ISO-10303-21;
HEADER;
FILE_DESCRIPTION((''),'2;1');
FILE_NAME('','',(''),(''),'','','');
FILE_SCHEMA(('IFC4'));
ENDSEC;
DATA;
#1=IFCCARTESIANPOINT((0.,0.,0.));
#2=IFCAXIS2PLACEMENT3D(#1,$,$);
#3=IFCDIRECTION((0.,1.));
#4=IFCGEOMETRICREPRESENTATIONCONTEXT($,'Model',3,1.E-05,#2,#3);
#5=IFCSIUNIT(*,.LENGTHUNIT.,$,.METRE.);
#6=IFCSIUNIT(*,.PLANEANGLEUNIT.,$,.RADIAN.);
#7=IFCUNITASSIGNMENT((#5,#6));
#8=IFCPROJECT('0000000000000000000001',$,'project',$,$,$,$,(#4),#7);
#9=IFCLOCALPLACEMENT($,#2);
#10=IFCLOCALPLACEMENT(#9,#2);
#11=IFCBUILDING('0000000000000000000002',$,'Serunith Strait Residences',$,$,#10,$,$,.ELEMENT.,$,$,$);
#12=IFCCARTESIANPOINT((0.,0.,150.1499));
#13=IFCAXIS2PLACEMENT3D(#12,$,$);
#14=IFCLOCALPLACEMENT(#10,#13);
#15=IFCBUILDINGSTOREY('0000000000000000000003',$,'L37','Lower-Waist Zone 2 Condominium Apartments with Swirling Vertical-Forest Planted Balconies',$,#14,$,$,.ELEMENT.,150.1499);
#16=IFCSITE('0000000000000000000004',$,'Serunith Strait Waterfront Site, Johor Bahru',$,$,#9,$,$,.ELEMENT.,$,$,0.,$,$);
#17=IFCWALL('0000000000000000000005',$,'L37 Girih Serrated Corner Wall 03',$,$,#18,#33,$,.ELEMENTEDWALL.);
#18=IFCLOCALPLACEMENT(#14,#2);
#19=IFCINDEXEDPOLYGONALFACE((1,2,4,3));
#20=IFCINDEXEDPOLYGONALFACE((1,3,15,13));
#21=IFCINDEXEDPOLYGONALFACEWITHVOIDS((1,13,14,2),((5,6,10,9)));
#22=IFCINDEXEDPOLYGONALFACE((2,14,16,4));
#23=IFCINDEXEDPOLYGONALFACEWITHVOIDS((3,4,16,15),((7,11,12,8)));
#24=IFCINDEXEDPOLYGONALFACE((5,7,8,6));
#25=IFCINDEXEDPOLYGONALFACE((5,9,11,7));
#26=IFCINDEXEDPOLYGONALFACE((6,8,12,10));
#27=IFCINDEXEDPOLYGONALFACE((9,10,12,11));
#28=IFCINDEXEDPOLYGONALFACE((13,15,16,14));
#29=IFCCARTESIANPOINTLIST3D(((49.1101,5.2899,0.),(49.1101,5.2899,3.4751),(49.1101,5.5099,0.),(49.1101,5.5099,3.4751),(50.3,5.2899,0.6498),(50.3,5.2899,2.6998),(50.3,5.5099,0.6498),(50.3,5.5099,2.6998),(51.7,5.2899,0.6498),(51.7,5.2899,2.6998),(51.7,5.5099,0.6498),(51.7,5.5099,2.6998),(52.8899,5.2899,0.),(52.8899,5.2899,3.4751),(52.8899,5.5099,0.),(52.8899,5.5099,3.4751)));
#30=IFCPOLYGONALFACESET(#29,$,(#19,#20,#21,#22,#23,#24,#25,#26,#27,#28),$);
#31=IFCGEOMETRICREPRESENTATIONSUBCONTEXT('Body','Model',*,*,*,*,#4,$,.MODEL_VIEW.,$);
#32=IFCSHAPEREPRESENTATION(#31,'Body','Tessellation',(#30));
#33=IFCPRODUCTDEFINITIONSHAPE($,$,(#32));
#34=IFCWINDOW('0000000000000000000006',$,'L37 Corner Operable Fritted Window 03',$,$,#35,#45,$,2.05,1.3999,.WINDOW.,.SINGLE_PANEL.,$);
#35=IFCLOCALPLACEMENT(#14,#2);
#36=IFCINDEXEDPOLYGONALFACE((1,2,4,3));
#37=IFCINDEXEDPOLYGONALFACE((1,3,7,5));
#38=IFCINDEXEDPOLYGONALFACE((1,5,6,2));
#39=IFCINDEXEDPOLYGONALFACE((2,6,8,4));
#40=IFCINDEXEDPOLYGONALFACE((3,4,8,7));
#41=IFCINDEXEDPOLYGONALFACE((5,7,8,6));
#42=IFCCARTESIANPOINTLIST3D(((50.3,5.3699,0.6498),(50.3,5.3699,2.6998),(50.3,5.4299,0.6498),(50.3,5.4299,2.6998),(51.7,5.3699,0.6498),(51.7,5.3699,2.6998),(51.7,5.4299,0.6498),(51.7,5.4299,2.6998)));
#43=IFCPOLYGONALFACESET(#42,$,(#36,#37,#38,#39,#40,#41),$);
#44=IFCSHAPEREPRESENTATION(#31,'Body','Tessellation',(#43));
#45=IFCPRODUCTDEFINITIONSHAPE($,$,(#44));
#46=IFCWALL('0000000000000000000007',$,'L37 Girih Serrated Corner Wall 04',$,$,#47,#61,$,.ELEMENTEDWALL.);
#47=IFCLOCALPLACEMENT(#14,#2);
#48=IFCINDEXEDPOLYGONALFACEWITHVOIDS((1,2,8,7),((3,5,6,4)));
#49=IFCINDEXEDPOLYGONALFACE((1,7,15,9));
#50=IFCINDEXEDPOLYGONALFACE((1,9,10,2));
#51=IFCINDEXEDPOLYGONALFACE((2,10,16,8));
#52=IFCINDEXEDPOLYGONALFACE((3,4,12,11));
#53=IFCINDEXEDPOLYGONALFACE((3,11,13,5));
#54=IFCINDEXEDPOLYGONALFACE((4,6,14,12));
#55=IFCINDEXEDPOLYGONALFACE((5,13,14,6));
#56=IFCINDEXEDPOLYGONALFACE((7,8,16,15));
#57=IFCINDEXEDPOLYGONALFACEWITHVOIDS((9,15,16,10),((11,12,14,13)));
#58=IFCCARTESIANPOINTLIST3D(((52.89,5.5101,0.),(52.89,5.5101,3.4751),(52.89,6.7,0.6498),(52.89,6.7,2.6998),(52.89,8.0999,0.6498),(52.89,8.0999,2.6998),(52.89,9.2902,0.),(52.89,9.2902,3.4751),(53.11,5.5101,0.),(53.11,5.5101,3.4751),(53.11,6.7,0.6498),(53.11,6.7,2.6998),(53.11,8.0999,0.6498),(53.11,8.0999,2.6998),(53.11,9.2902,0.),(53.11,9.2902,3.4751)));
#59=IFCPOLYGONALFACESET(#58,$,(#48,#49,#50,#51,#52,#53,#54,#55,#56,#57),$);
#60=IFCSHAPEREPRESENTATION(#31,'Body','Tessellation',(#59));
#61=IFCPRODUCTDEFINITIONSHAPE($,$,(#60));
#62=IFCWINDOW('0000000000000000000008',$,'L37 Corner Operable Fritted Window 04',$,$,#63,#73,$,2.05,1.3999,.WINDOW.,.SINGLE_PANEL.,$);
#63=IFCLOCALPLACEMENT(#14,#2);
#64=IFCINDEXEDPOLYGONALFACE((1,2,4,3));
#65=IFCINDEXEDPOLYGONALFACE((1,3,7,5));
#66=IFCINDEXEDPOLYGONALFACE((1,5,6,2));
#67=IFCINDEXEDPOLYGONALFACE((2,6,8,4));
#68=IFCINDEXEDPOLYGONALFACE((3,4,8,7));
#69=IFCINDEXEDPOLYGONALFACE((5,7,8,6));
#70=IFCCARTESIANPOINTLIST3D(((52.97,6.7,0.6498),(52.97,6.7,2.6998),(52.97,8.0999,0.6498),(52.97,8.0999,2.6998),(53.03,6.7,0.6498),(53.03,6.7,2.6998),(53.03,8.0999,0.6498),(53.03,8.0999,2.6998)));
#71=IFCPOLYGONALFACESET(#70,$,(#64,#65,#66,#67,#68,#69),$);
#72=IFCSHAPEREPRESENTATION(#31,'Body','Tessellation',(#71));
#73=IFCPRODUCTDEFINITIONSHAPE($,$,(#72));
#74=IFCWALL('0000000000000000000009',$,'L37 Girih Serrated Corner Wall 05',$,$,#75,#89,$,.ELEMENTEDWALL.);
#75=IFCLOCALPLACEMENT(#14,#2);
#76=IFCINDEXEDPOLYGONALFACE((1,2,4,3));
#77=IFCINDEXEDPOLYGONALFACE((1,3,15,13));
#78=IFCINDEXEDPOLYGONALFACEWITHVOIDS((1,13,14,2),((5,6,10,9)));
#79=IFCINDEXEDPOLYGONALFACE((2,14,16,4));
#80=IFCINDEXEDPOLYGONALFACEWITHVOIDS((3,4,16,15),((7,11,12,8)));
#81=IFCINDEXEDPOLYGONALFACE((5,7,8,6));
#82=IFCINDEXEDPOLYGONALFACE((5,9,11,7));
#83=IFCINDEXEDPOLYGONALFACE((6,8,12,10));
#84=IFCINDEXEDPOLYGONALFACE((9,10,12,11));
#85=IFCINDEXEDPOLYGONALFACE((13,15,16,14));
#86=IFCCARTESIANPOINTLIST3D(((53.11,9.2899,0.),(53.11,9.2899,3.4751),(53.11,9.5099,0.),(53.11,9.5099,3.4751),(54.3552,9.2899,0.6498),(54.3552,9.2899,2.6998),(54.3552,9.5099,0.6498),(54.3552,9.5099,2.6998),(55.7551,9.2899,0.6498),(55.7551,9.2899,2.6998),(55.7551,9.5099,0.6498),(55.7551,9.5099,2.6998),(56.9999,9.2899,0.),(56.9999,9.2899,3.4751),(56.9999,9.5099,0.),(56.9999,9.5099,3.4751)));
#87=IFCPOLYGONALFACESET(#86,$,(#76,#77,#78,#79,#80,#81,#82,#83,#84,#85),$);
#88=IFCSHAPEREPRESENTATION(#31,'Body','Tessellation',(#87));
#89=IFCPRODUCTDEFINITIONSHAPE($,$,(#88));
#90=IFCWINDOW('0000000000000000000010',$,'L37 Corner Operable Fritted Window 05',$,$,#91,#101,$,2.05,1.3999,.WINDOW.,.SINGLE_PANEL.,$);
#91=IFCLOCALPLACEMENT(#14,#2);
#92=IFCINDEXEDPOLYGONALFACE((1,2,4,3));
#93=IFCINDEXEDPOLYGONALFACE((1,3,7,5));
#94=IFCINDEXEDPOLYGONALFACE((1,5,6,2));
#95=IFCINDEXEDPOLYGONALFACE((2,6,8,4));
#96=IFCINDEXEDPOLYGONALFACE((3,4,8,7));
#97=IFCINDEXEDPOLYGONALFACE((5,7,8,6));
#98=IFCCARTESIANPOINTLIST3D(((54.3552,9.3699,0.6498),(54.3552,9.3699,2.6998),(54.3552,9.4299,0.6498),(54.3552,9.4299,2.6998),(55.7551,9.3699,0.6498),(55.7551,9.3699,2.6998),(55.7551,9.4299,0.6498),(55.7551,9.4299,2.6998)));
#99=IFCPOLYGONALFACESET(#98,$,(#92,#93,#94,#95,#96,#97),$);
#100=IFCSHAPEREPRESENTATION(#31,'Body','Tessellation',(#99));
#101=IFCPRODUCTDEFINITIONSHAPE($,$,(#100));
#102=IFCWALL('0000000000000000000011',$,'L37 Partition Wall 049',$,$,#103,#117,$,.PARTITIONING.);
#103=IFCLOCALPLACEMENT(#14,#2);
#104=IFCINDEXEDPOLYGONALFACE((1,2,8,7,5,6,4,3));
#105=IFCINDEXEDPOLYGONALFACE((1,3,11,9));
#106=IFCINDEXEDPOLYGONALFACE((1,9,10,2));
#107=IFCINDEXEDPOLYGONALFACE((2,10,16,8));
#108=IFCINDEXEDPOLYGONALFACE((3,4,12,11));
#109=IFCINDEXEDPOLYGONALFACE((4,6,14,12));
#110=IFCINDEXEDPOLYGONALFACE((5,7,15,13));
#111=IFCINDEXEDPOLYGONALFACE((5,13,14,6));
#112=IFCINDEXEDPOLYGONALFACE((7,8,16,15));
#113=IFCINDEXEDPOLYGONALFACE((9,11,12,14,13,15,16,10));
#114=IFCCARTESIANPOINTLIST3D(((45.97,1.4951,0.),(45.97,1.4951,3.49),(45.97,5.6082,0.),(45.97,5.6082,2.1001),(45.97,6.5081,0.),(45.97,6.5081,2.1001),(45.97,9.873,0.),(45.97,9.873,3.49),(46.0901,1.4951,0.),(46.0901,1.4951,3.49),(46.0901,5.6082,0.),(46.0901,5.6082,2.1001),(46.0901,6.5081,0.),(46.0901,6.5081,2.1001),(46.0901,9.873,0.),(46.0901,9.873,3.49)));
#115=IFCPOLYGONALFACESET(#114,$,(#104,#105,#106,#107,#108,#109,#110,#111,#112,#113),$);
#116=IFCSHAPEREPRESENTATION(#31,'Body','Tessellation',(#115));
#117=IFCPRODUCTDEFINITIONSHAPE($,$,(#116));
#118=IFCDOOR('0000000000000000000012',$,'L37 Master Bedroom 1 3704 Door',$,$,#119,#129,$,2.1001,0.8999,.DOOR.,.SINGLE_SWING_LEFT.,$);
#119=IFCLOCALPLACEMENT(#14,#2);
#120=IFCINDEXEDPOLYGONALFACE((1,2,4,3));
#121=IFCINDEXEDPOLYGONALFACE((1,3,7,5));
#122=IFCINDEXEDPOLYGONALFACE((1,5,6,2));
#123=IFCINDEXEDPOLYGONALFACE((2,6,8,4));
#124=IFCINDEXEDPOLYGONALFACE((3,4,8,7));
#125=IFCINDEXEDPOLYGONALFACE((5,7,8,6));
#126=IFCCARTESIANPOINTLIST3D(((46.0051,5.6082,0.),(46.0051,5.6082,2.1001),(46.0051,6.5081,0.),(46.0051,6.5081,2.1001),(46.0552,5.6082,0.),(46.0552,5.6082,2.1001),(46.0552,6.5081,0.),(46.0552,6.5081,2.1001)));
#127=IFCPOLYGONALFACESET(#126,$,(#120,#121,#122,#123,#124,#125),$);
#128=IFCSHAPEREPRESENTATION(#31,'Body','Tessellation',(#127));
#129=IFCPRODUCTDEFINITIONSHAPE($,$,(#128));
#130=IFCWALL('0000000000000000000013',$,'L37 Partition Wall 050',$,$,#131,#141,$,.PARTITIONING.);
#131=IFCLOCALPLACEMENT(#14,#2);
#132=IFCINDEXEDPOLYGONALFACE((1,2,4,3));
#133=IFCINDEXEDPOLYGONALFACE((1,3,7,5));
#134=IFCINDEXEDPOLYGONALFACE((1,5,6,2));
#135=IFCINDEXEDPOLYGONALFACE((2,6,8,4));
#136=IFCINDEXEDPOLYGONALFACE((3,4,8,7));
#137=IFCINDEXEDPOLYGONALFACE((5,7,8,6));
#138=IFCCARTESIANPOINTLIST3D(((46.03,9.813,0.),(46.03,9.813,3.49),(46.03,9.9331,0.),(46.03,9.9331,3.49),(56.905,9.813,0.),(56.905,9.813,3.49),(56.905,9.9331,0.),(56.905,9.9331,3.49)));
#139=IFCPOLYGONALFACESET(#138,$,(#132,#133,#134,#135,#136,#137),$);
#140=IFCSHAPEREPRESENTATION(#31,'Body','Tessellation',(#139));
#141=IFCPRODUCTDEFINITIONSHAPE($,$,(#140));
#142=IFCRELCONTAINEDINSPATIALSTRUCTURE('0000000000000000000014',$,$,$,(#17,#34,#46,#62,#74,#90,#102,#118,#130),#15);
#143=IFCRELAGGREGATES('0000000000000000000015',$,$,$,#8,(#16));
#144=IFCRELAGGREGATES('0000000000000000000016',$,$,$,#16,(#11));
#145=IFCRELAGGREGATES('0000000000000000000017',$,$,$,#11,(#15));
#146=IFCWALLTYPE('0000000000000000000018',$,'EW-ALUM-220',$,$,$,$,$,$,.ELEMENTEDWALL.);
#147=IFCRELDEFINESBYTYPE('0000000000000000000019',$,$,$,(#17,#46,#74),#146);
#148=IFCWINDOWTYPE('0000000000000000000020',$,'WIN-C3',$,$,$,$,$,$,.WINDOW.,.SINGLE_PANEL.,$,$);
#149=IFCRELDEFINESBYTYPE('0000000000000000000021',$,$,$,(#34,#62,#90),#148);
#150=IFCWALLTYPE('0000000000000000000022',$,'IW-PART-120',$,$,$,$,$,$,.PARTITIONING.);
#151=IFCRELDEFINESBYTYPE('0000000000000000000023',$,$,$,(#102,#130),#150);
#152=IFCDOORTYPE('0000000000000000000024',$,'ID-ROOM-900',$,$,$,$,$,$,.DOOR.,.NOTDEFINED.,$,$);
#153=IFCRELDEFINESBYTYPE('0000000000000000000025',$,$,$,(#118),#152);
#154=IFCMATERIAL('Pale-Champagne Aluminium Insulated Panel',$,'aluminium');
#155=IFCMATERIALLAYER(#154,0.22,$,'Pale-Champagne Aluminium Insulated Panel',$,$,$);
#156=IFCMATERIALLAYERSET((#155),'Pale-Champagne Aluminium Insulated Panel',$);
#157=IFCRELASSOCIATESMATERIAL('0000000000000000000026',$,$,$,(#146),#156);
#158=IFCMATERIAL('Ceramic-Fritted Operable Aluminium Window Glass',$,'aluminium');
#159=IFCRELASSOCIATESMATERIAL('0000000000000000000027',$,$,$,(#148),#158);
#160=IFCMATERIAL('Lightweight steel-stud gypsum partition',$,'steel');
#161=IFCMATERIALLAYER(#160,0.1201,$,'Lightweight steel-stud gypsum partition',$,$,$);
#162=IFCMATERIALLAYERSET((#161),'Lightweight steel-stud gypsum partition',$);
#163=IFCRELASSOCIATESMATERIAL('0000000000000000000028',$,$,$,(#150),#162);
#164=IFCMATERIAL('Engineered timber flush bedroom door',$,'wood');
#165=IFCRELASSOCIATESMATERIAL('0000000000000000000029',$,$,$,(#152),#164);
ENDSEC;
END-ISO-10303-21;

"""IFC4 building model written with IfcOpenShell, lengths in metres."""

from ifc_helpers import new_model, si_unit, direction, frame, frame_2d, origin, place, context, subcontext, project, spatial, rectangle, extrude, source, transform, mapped, material, layer, layer_set, type_object, element, fill, save


model = new_model("IFC4")

# Units and contexts
model_context = context("Model", 3, precision=1e-05, world=origin(), true_north=direction((0.0, 1.0)))
body_context = subcontext(model_context, "Body", "Model", "MODEL_VIEW")
ifc_project = project(units=[si_unit("LENGTHUNIT", "METRE"), si_unit("PLANEANGLEUNIT", "RADIAN")], contexts=[model_context])

# Site, building, storey
site_placement = place(None, origin())
site = spatial("IfcSite", under=ifc_project, at=site_placement, Name="Serunith Strait Waterfront Site, Johor Bahru", CompositionType="ELEMENT", RefElevation=0.0)
building_placement = place(site_placement, origin())
building = spatial("IfcBuilding", under=site, at=building_placement, Name="Serunith Strait Residences", CompositionType="ELEMENT")
storey_placement = place(building_placement, frame((0.0, 0.0, 150.1499)))
storey = spatial("IfcBuildingStorey", under=building, at=storey_placement, Name="L37", Description="Lower-Waist Zone 2 Condominium Apartments with Swirling Vertical-Forest Planted Balconies", CompositionType="ELEMENT", Elevation=150.1499)

# Walls, openings, windows
ifc_material_1 = material(Name="Pale-Champagne Aluminium Insulated Panel", Category="aluminium")
ifc_layer_1 = layer(ifc_material_1, 0.22, Name="Pale-Champagne Aluminium Insulated Panel")
ifc_layer_set_1 = layer_set([ifc_layer_1], Name="Pale-Champagne Aluminium Insulated Panel")
wall_type_1 = type_object("IfcWallType", Name="EW-ALUM-220", PredefinedType="ELEMENTEDWALL", material=ifc_layer_set_1)
ifc_material_2 = material(Name="Ceramic-Fritted Operable Aluminium Window Glass", Category="aluminium")
window_type = type_object("IfcWindowType", Name="WIN-C3", PartitioningType="SINGLE_PANEL", PredefinedType="WINDOW", material=ifc_material_2)
shared_shape_1 = source(origin(), body_context, "Body", "SweptSolid", [
    extrude(rectangle(XDim=1.3999, YDim=2.05, at=frame_2d((0.7, 1.0249))), frame((0.0, 0.03, 0.0), z_axis=(0.0, -1.0, 0.0), x_axis=(1.0, 0.0, 0.0)), (0.0, 0.0, 1.0), 0.0601),
])
wall_1_placement = place(storey_placement, frame((49.1101, 5.3999, 0.0), z_axis=(0.0, 0.0, 1.0), x_axis=(1.0, 0.0, 0.0)))
wall_1 = element("IfcWall", 1, at=wall_1_placement, inside=storey, type_object=wall_type_1, Name="L37 Girih Serrated Corner Wall 03", PredefinedType="ELEMENTEDWALL", context=body_context, shape_type="SweptSolid", body=[
    extrude(rectangle(XDim=3.7798, YDim=0.22, at=frame_2d((1.8899, 0.0))), origin(), (0.0, 0.0, 1.0), 3.4751),
])
opening_1_placement = place(wall_1_placement, frame((1.1899, 0.0, 0.6499)))
opening_1 = element("IfcOpeningElement", 2, at=opening_1_placement, cuts=wall_1, PredefinedType="OPENING", context=body_context, shape_type="SweptSolid", body=[
    extrude(rectangle(XDim=1.3999, YDim=2.05, at=frame_2d((0.7, 1.0249))), frame((0.0, 0.1201, 0.0), z_axis=(0.0, -1.0, 0.0), x_axis=(1.0, 0.0, 0.0)), (0.0, 0.0, 1.0), 0.24),
])
window_1_placement = place(opening_1_placement, origin())
window_1 = element("IfcWindow", 3, at=window_1_placement, inside=storey, type_object=window_type, Name="L37 Corner Operable Fritted Window 03", OverallHeight=2.05, OverallWidth=1.3999, PartitioningType="SINGLE_PANEL", PredefinedType="WINDOW", context=body_context, shape_type="MappedRepresentation", body=[
    mapped(shared_shape_1, transform((0.0, 0.0, 0.0), scale=1.0)),
])
fill(opening_1, window_1)
wall_2_placement = place(storey_placement, frame((53.0, 5.51, 0.0), z_axis=(0.0, 0.0, 1.0), x_axis=(0.0, 1.0, 0.0)))
wall_2 = element("IfcWall", 4, at=wall_2_placement, inside=storey, type_object=wall_type_1, Name="L37 Girih Serrated Corner Wall 04", PredefinedType="ELEMENTEDWALL", context=body_context, shape_type="SweptSolid", body=[
    extrude(rectangle(XDim=3.78, YDim=0.22, at=frame_2d((1.8901, 0.0))), origin(), (0.0, 0.0, 1.0), 3.4751),
])
opening_2_placement = place(wall_2_placement, frame((1.1899, 0.0, 0.6499)))
opening_2 = element("IfcOpeningElement", 5, at=opening_2_placement, cuts=wall_2, PredefinedType="OPENING", context=body_context, shape_type="SweptSolid", body=[
    extrude(rectangle(XDim=1.3999, YDim=2.05, at=frame_2d((0.7, 1.0249))), frame((0.0, 0.1201, 0.0), z_axis=(0.0, -1.0, 0.0), x_axis=(1.0, 0.0, 0.0)), (0.0, 0.0, 1.0), 0.24),
])
window_2_placement = place(opening_2_placement, origin())
window_2 = element("IfcWindow", 6, at=window_2_placement, inside=storey, type_object=window_type, Name="L37 Corner Operable Fritted Window 04", OverallHeight=2.05, OverallWidth=1.3999, PartitioningType="SINGLE_PANEL", PredefinedType="WINDOW", context=body_context, shape_type="MappedRepresentation", body=[
    mapped(shared_shape_1, transform((0.0, 0.0, 0.0), scale=1.0)),
])
fill(opening_2, window_2)
wall_3_placement = place(storey_placement, frame((53.1101, 9.3999, 0.0), z_axis=(0.0, 0.0, 1.0), x_axis=(1.0, 0.0, 0.0)))
wall_3 = element("IfcWall", 7, at=wall_3_placement, inside=storey, type_object=wall_type_1, Name="L37 Girih Serrated Corner Wall 05", PredefinedType="ELEMENTEDWALL", context=body_context, shape_type="SweptSolid", body=[
    extrude(rectangle(XDim=3.8899, YDim=0.22, at=frame_2d((1.9448, 0.0))), origin(), (0.0, 0.0, 1.0), 3.4751),
])
opening_3_placement = place(wall_3_placement, frame((1.2451, 0.0, 0.6499)))
opening_3 = element("IfcOpeningElement", 8, at=opening_3_placement, cuts=wall_3, PredefinedType="OPENING", context=body_context, shape_type="SweptSolid", body=[
    extrude(rectangle(XDim=1.3999, YDim=2.05, at=frame_2d((0.7, 1.0249))), frame((0.0, 0.1201, 0.0), z_axis=(0.0, -1.0, 0.0), x_axis=(1.0, 0.0, 0.0)), (0.0, 0.0, 1.0), 0.24),
])
window_3_placement = place(opening_3_placement, origin())
window_3 = element("IfcWindow", 9, at=window_3_placement, inside=storey, type_object=window_type, Name="L37 Corner Operable Fritted Window 05", OverallHeight=2.05, OverallWidth=1.3999, PartitioningType="SINGLE_PANEL", PredefinedType="WINDOW", context=body_context, shape_type="MappedRepresentation", body=[
    mapped(shared_shape_1, transform((0.0, 0.0, 0.0), scale=1.0)),
])
fill(opening_3, window_3)

# Wall, opening, door
ifc_material_3 = material(Name="Lightweight steel-stud gypsum partition", Category="steel")
ifc_layer_2 = layer(ifc_material_3, 0.1201, Name="Lightweight steel-stud gypsum partition")
ifc_layer_set_2 = layer_set([ifc_layer_2], Name="Lightweight steel-stud gypsum partition")
wall_type_2 = type_object("IfcWallType", Name="IW-PART-120", PredefinedType="PARTITIONING", material=ifc_layer_set_2)
wall_4_placement = place(storey_placement, frame((46.03, 1.4951, 0.0), z_axis=(0.0, 0.0, 1.0), x_axis=(0.0, 1.0, 0.0)))
wall_4 = element("IfcWall", 10, at=wall_4_placement, inside=storey, type_object=wall_type_2, Name="L37 Partition Wall 049", PredefinedType="PARTITIONING", context=body_context, shape_type="SweptSolid", body=[
    extrude(rectangle(XDim=8.3779, YDim=0.1201, at=frame_2d((4.189, 0.0))), origin(), (0.0, 0.0, 1.0), 3.49),
])
opening_4_placement = place(wall_4_placement, frame((4.113, 0.0, 0.0)))
opening_4 = element("IfcOpeningElement", 11, at=opening_4_placement, cuts=wall_4, PredefinedType="OPENING", context=body_context, shape_type="SweptSolid", body=[
    extrude(rectangle(XDim=0.8999, YDim=2.1001, at=frame_2d((0.45, 1.05))), frame((0.0, 0.0701, 0.0), z_axis=(0.0, -1.0, 0.0), x_axis=(1.0, 0.0, 0.0)), (0.0, 0.0, 1.0), 0.1401),
])
ifc_material_4 = material(Name="Engineered timber flush bedroom door", Category="wood")
door_type_1 = type_object("IfcDoorType", Name="ID-ROOM-900", OperationType="NOTDEFINED", PredefinedType="DOOR", material=ifc_material_4)
shared_shape_2 = source(origin(), body_context, "Body", "SweptSolid", [
    extrude(rectangle(XDim=0.8999, YDim=2.1001, at=frame_2d((0.45, 1.05))), frame((0.0, 0.0249, 0.0), z_axis=(0.0, -1.0, 0.0), x_axis=(1.0, 0.0, 0.0)), (0.0, 0.0, 1.0), 0.05),
])
door_1_placement = place(opening_4_placement, origin())
door_1 = element("IfcDoor", 12, at=door_1_placement, inside=storey, type_object=door_type_1, Name="L37 Master Bedroom 1 3704 Door", OperationType="SINGLE_SWING_LEFT", OverallHeight=2.1001, OverallWidth=0.8999, PredefinedType="DOOR", context=body_context, shape_type="MappedRepresentation", body=[
    mapped(shared_shape_2, transform((0.0, 0.0, 0.0), scale=1.0)),
])
fill(opening_4, door_1)

# Wall
wall_5_placement = place(storey_placement, frame((46.03, 9.873, 0.0), z_axis=(0.0, 0.0, 1.0), x_axis=(1.0, 0.0, 0.0)))
element("IfcWall", 13, at=wall_5_placement, inside=storey, type_object=wall_type_2, Name="L37 Partition Wall 050", PredefinedType="PARTITIONING", context=body_context, shape_type="SweptSolid", body=[
    extrude(rectangle(XDim=10.875, YDim=0.1201, at=frame_2d((5.4375, 0.0))), origin(), (0.0, 0.0, 1.0), 3.49),
])

save(model, "model.ifc")
